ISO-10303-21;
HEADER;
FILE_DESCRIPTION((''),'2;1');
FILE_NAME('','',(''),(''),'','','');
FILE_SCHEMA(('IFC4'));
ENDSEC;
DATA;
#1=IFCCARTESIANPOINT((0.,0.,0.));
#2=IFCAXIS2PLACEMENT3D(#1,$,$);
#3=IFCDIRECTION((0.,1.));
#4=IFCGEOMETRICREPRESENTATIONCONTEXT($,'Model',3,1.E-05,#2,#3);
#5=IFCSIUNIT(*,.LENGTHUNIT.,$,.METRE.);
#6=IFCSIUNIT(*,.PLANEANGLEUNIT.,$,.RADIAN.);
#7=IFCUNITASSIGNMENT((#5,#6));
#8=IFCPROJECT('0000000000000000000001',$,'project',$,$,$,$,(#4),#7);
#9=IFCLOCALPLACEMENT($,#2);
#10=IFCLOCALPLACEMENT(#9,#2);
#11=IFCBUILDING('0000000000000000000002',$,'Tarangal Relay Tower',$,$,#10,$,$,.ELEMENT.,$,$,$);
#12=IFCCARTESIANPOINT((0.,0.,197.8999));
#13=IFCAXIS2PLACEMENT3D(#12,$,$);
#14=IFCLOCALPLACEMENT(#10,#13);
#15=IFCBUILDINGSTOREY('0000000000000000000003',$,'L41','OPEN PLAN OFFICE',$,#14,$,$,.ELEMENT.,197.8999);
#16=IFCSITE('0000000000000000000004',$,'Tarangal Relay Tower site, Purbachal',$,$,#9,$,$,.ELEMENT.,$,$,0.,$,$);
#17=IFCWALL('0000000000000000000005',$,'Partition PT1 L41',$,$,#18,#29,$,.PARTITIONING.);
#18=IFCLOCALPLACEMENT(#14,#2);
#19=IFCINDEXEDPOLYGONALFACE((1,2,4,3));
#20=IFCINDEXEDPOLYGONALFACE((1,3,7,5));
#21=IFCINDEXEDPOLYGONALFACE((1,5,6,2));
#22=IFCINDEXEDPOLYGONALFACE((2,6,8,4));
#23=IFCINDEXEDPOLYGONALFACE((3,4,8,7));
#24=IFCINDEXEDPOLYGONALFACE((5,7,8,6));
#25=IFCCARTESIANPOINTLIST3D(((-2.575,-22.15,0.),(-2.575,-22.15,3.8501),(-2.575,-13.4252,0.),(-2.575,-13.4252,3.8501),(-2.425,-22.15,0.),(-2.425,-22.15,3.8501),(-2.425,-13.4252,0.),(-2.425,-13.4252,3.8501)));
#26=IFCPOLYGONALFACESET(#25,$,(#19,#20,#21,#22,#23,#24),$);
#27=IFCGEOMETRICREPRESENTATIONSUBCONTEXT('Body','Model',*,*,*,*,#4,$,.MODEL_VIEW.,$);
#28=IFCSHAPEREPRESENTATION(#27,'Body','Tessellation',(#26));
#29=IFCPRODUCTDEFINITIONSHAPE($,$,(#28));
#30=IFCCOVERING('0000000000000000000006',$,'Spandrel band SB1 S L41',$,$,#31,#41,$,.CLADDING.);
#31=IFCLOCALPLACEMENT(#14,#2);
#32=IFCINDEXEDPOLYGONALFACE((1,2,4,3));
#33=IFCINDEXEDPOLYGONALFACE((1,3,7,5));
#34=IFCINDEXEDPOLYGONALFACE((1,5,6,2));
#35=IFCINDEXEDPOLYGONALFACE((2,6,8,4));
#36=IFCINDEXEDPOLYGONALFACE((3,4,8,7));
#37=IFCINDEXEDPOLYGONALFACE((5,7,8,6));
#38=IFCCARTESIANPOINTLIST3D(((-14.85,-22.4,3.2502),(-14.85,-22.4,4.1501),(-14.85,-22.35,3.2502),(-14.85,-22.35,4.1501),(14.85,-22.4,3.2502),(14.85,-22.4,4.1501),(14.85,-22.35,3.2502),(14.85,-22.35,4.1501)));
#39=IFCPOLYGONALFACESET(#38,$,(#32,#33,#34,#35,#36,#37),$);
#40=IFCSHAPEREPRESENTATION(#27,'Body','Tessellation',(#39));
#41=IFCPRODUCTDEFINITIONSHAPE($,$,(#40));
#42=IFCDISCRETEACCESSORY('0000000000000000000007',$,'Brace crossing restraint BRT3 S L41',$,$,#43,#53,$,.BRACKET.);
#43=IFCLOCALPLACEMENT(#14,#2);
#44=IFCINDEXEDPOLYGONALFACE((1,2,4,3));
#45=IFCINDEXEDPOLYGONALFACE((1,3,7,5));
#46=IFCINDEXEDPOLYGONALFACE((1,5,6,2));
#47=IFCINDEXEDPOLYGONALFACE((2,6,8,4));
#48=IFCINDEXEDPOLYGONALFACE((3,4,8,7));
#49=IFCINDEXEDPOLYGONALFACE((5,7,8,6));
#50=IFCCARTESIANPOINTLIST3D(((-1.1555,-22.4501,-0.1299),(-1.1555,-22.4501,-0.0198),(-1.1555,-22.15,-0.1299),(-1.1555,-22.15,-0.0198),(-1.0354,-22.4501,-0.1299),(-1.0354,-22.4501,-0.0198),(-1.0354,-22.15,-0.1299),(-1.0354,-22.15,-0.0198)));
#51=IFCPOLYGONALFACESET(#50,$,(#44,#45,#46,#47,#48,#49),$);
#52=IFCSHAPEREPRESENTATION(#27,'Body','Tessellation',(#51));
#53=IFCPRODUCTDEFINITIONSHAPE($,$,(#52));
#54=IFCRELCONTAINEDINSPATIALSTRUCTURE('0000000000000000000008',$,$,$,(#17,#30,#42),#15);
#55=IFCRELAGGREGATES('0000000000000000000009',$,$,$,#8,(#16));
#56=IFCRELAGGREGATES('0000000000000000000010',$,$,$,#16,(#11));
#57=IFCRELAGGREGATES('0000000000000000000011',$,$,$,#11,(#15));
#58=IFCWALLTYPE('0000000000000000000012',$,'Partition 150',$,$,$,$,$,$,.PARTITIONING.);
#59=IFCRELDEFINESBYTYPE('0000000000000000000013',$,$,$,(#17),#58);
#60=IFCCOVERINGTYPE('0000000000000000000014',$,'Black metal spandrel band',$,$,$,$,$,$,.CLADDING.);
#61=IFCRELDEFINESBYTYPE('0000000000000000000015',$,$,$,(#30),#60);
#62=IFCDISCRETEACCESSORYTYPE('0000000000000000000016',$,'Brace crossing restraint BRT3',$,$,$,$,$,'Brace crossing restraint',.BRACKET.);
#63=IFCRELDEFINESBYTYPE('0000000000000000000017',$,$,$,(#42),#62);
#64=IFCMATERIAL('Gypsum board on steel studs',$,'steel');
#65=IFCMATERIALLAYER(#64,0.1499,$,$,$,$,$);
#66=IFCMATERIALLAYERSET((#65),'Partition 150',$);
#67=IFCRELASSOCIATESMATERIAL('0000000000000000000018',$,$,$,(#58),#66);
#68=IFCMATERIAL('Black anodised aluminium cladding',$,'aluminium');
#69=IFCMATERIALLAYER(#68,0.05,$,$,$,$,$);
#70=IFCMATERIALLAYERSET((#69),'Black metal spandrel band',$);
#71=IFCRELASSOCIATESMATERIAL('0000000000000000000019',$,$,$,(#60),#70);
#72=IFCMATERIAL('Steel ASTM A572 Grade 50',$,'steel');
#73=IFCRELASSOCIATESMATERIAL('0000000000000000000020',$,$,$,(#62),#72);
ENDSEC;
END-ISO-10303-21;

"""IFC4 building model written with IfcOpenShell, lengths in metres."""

from ifc_helpers import new_model, si_unit, direction, frame, frame_2d, origin, origin_2d, place, context, subcontext, project, spatial, rectangle, extrude, material, layer, layer_set, type_object, element, save


model = new_model("IFC4")

# Units and contexts
model_context = context("Model", 3, precision=1e-05, world=origin(), true_north=direction((0.0, 1.0)))
body_context = subcontext(model_context, "Body", "Model", "MODEL_VIEW")
ifc_project = project(units=[si_unit("LENGTHUNIT", "METRE"), si_unit("PLANEANGLEUNIT", "RADIAN")], contexts=[model_context])

# Site, building, storey
site_placement = place(None, origin())
site = spatial("IfcSite", under=ifc_project, at=site_placement, Name="Tarangal Relay Tower site, Purbachal", CompositionType="ELEMENT", RefElevation=0.0)
building_placement = place(site_placement, origin())
building = spatial("IfcBuilding", under=site, at=building_placement, Name="Tarangal Relay Tower", CompositionType="ELEMENT")
storey_placement = place(building_placement, frame((0.0, 0.0, 197.8999)))
storey = spatial("IfcBuildingStorey", under=building, at=storey_placement, Name="L41", Description="OPEN PLAN OFFICE", CompositionType="ELEMENT", Elevation=197.8999)

# Shared definitions
ifc_material_1 = material(Name="Steel ASTM A572 Grade 50", Category="steel")

# Shared definitions
ifc_material_2 = material(Name="Gypsum board on steel studs", Category="steel")
ifc_layer_1 = layer(ifc_material_2, 0.1499)
ifc_layer_set_1 = layer_set([ifc_layer_1], Name="Partition 150")
wall_type_1 = type_object("IfcWallType", Name="Partition 150", PredefinedType="PARTITIONING", material=ifc_layer_set_1)

# Wall
for number, where, z_axis, x_axis, name in (
    (1, (-2.5, -22.1499, 0.0), (0.0, 0.0, 1.0), (0.0, 1.0, 0.0), "Partition PT1 L41"),
):
    element("IfcWall", number, at=place(storey_placement, frame(where, z_axis=z_axis, x_axis=x_axis)), inside=storey, type_object=wall_type_1, Name=name, PredefinedType="PARTITIONING", context=body_context, shape_type="SweptSolid", body=[
        extrude(rectangle(XDim=8.7249, YDim=0.1499, at=frame_2d((4.3623, 0.0))), origin(), (0.0, 0.0, 1.0), 3.8501),
    ])

# Covering
ifc_material_3 = material(Name="Black anodised aluminium cladding", Category="aluminium")
ifc_layer_2 = layer(ifc_material_3, 0.05)
ifc_layer_set_2 = layer_set([ifc_layer_2], Name="Black metal spandrel band")
covering_type = type_object("IfcCoveringType", Name="Black metal spandrel band", PredefinedType="CLADDING", material=ifc_layer_set_2)
covering_placement = place(storey_placement, frame((0.0, -22.375, 3.2502), z_axis=(0.0, 0.0, 1.0), x_axis=(-1.0, 0.0, 0.0)))
element("IfcCovering", 2, at=covering_placement, inside=storey, type_object=covering_type, Name="Spandrel band SB1 S L41", PredefinedType="CLADDING", context=body_context, shape_type="SweptSolid", body=[
    extrude(rectangle(XDim=29.7, YDim=0.05, at=origin_2d()), origin(), (0.0, 0.0, 1.0), 0.8999),
])

# Discrete accessory
discrete_accessory_type = type_object("IfcDiscreteAccessoryType", Name="Brace crossing restraint BRT3", ElementType="Brace crossing restraint", PredefinedType="BRACKET", material=ifc_material_1)
discrete_accessory_placement = place(storey_placement, frame((-1.0955, -22.3, -0.1299), z_axis=(0.0, 0.0, 1.0), x_axis=(1.0, 0.0, 0.0)))
element("IfcDiscreteAccessory", 3, at=discrete_accessory_placement, inside=storey, type_object=discrete_accessory_type, Name="Brace crossing restraint BRT3 S L41", PredefinedType="BRACKET", context=body_context, shape_type="SweptSolid", body=[
    extrude(rectangle(XDim=0.1201, YDim=0.3, at=origin_2d()), origin(), (0.0, 0.0, 1.0), 0.1101),
])

save(model, "model.ifc")
